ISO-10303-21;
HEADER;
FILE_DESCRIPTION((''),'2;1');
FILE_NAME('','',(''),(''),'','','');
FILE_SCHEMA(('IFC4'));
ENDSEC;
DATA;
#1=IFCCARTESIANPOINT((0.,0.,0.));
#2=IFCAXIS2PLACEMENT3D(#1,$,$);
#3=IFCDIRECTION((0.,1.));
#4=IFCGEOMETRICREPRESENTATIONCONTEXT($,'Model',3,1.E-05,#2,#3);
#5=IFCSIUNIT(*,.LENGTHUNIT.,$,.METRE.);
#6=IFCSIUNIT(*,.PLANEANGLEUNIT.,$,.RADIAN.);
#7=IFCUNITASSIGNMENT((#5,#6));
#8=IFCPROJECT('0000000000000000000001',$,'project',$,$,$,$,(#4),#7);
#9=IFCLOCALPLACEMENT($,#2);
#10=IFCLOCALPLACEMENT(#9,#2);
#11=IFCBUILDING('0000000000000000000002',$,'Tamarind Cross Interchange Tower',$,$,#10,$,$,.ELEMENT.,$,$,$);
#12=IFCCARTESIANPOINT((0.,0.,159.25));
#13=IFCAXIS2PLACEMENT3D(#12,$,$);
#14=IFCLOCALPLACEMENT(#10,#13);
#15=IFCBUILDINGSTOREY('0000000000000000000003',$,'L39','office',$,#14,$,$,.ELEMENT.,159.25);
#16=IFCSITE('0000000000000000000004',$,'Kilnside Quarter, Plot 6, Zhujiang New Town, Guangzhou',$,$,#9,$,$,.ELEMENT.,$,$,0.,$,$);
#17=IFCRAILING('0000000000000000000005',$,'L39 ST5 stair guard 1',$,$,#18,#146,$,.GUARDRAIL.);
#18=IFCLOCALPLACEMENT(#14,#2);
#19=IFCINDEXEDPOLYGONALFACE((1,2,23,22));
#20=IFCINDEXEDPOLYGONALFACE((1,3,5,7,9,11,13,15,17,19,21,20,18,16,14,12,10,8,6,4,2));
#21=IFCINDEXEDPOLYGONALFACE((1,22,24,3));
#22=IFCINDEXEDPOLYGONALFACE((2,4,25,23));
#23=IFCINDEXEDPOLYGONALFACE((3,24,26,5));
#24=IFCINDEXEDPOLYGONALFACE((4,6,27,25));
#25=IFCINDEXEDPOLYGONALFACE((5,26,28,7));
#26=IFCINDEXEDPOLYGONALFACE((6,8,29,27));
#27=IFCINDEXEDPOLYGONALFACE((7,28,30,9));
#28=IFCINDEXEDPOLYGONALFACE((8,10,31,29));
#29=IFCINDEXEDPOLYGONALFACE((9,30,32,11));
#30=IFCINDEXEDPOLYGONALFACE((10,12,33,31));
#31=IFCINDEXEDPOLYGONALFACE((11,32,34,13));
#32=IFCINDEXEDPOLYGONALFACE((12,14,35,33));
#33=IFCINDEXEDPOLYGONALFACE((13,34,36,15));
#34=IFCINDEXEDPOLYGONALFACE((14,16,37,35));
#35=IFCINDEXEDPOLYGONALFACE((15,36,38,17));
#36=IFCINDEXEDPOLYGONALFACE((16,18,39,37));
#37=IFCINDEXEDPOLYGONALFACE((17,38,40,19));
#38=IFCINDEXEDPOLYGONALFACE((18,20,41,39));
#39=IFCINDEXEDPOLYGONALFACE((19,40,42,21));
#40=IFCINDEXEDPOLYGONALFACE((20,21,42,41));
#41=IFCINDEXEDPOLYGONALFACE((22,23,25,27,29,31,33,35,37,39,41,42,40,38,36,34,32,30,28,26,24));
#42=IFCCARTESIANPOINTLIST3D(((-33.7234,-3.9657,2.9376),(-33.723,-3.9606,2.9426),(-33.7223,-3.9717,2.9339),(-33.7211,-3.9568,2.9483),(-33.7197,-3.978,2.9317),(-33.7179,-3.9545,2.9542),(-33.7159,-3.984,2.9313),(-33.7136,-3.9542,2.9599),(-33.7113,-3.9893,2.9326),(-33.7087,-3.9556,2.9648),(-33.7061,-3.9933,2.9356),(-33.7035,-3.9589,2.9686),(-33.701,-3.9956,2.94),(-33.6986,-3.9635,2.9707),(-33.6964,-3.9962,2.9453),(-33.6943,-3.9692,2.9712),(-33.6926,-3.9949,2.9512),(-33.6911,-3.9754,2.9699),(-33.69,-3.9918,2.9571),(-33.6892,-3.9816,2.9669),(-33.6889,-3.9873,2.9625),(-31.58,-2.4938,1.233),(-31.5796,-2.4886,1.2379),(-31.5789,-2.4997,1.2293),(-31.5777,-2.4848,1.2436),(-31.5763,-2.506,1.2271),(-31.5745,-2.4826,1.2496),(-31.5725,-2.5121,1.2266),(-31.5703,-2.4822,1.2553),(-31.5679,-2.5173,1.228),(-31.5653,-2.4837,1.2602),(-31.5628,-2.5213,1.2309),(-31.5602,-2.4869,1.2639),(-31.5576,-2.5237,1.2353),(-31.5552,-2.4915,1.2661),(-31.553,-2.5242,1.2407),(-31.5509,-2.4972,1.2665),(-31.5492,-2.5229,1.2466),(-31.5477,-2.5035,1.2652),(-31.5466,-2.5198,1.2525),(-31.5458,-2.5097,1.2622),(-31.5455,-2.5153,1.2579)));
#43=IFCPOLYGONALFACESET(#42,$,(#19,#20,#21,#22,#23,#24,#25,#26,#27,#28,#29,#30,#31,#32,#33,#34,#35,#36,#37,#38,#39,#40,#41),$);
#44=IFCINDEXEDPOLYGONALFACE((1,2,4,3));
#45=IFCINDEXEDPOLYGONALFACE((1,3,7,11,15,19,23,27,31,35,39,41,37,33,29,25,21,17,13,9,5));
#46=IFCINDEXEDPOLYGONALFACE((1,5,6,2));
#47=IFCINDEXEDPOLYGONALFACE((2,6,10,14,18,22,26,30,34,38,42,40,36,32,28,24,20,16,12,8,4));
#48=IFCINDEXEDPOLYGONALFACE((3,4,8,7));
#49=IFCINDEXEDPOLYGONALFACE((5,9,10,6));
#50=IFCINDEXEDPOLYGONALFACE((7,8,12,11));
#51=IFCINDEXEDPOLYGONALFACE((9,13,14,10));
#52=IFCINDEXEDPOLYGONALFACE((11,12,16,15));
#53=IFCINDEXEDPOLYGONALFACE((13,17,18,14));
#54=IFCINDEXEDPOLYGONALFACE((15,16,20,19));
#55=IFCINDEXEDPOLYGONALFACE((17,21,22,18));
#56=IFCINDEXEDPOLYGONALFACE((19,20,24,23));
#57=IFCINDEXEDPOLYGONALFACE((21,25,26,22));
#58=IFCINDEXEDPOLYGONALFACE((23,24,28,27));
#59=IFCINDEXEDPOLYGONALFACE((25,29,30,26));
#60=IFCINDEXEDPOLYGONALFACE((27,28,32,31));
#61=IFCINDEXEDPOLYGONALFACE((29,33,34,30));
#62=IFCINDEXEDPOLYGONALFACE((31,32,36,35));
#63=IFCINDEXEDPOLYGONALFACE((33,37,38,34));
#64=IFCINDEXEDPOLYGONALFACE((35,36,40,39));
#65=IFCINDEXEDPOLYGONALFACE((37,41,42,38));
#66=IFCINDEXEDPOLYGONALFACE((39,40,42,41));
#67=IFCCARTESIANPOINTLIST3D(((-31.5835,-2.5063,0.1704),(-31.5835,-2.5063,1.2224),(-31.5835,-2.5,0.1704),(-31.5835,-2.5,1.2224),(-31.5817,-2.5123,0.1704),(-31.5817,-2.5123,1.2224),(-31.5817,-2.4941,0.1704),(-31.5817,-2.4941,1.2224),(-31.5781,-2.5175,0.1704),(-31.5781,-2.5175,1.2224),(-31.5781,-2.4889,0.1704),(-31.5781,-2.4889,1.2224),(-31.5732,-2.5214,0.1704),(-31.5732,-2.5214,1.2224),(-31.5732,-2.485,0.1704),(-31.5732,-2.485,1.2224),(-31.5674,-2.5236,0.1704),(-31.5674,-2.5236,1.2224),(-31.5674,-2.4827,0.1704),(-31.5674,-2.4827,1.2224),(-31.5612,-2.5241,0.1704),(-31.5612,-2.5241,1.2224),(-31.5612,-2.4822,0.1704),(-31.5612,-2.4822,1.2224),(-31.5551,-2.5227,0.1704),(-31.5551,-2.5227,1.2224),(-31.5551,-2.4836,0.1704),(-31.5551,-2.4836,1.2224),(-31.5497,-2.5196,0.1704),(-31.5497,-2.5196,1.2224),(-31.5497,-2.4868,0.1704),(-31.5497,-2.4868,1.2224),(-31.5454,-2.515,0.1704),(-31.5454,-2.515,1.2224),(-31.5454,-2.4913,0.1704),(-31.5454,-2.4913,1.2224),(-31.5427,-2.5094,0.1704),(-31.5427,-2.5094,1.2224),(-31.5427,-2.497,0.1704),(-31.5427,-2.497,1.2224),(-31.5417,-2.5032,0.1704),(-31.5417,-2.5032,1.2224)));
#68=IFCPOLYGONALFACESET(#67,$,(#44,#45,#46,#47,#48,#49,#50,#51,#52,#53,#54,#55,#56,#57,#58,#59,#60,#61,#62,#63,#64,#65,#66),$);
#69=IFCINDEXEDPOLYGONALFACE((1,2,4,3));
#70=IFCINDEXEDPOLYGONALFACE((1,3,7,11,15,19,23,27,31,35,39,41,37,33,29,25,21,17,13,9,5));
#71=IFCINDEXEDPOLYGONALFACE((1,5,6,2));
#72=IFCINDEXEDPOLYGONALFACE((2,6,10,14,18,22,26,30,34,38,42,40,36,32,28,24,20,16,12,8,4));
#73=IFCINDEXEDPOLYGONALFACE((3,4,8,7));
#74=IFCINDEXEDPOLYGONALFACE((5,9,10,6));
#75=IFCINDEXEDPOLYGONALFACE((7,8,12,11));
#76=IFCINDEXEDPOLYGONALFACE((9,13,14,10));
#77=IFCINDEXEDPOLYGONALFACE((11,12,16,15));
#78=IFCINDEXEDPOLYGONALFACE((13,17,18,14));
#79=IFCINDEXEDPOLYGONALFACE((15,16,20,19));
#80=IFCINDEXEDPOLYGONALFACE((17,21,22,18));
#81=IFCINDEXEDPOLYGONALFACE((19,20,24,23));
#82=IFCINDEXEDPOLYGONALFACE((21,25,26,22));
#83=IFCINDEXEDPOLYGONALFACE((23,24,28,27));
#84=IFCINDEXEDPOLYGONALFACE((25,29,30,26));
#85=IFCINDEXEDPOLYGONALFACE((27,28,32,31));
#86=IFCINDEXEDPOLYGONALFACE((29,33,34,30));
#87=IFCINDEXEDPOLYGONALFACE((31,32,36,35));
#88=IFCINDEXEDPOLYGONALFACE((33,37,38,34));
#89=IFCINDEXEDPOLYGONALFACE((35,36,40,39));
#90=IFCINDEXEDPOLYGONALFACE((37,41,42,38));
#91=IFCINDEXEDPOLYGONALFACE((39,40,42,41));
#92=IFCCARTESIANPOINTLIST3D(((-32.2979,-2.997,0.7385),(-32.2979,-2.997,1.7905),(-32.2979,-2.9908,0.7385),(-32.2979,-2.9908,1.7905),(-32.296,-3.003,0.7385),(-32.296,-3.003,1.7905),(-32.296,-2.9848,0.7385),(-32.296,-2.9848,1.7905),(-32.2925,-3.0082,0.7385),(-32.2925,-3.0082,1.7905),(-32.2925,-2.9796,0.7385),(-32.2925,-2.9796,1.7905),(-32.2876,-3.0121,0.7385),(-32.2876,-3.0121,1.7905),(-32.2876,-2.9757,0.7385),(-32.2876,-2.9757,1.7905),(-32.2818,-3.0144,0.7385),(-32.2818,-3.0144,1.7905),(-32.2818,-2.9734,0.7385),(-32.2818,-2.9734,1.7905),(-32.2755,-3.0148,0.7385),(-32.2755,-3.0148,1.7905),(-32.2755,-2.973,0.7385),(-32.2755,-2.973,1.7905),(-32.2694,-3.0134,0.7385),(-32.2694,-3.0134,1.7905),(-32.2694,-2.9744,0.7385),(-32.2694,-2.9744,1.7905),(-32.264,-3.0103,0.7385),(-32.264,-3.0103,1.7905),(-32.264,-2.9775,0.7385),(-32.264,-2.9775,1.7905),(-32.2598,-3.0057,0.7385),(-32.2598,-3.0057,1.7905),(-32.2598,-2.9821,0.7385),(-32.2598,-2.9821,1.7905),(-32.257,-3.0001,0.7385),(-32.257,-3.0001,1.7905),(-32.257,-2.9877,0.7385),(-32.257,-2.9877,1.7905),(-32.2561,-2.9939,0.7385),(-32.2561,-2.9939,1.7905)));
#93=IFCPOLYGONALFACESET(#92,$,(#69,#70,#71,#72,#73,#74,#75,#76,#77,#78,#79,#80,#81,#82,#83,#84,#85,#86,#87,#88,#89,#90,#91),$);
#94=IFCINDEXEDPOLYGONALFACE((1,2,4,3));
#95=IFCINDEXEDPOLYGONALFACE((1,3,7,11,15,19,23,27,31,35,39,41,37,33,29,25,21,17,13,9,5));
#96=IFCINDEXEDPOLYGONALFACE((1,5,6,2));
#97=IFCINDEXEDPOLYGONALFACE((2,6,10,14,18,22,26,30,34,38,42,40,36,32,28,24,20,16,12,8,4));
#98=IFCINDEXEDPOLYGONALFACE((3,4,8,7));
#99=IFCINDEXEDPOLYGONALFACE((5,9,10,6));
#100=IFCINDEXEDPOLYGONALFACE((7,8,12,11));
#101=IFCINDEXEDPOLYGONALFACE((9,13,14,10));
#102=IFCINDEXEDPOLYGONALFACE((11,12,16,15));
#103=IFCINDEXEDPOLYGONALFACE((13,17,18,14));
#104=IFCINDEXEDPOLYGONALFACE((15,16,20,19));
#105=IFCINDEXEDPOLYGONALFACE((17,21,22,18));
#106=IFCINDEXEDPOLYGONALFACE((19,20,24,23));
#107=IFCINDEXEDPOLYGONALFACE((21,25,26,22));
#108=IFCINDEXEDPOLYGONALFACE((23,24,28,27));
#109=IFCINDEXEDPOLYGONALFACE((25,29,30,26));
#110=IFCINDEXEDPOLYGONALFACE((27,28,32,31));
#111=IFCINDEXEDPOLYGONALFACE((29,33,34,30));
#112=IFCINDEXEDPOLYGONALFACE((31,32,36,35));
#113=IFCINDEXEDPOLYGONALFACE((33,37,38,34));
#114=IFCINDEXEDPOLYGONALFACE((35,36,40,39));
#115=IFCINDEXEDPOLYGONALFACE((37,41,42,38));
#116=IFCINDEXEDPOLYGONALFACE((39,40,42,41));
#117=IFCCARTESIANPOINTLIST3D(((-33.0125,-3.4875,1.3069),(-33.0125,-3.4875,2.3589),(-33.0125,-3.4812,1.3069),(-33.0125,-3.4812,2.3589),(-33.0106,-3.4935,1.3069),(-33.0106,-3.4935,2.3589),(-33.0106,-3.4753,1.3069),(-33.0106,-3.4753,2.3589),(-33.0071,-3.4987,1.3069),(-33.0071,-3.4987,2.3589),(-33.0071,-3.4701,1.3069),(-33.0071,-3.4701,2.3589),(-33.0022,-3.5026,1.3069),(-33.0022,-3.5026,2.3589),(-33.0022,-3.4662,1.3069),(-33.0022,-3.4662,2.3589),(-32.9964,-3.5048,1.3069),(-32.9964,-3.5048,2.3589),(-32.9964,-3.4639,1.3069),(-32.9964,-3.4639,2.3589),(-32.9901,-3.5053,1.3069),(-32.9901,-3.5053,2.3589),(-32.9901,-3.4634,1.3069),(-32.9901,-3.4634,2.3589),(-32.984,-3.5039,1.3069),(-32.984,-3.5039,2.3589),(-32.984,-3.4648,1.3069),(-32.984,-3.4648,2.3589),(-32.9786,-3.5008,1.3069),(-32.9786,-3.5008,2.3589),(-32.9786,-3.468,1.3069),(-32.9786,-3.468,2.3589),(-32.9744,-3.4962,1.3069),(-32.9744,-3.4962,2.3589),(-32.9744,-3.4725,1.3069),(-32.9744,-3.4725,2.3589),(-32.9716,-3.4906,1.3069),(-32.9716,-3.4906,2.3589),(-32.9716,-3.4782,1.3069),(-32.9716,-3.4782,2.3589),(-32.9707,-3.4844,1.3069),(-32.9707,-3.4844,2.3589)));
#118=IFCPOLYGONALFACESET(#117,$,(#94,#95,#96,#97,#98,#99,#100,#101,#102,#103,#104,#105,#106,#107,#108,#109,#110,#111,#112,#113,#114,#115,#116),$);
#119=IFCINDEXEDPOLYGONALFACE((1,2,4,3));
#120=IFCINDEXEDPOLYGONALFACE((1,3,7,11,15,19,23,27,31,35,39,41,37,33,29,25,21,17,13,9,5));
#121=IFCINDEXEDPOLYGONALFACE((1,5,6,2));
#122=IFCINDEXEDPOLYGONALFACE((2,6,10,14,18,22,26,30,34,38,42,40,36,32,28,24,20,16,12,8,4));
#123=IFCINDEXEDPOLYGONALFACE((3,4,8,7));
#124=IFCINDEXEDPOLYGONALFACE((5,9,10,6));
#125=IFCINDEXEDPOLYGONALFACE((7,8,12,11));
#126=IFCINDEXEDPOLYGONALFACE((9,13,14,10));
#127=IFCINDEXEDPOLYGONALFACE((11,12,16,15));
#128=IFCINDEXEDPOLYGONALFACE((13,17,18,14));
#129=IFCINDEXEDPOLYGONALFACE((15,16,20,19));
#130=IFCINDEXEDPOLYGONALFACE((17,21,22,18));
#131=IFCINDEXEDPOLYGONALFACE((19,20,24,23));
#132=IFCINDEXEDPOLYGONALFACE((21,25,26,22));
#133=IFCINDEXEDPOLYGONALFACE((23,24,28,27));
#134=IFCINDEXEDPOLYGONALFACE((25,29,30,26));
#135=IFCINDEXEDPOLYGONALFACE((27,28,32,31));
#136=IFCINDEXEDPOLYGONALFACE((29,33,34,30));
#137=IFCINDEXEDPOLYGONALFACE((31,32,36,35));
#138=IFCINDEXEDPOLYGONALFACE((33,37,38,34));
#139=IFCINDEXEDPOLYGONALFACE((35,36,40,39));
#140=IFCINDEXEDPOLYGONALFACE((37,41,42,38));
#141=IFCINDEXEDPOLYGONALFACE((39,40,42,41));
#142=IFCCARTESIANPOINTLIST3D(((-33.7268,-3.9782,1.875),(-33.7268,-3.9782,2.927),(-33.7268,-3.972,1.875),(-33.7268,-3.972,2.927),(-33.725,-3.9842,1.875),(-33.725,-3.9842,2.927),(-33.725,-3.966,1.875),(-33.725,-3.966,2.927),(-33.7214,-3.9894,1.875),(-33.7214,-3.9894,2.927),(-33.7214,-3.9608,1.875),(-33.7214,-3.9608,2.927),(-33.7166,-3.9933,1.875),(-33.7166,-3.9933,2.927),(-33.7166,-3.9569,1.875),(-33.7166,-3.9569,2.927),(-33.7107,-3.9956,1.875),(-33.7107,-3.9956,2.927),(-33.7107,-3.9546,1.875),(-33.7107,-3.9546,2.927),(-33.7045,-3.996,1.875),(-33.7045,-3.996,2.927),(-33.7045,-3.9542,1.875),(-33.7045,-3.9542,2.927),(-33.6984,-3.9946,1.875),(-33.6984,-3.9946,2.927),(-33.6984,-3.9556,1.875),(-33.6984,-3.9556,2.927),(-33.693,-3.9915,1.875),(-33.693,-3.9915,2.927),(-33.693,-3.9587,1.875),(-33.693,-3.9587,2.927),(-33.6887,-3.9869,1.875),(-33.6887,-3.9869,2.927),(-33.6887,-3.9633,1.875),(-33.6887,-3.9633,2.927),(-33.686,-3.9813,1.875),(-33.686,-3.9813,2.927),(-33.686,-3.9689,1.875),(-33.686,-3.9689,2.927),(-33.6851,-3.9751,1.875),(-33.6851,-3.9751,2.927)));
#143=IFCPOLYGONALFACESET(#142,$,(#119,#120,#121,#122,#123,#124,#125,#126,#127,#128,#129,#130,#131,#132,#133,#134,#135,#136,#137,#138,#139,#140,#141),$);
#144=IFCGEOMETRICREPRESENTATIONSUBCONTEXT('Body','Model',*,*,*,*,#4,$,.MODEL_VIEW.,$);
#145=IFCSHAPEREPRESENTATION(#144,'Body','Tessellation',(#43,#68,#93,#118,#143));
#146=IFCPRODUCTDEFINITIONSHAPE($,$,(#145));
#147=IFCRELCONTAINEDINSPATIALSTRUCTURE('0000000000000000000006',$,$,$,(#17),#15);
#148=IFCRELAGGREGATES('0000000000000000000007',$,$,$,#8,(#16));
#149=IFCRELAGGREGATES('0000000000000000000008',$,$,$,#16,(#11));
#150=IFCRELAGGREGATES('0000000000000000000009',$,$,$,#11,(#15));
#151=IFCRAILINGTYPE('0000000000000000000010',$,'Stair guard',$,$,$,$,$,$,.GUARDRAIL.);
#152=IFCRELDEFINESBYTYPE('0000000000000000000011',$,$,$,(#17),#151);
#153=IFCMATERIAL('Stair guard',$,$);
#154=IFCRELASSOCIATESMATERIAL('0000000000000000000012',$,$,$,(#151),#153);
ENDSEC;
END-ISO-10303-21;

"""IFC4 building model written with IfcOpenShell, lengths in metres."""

from ifc_helpers import new_model, si_unit, direction, frame, origin, origin_2d, place, context, subcontext, project, spatial, circle, extrude, material, type_object, element, save


model = new_model("IFC4")

# Units and contexts
model_context = context("Model", 3, precision=1e-05, world=origin(), true_north=direction((0.0, 1.0)))
body_context = subcontext(model_context, "Body", "Model", "MODEL_VIEW")
ifc_project = project(units=[si_unit("LENGTHUNIT", "METRE"), si_unit("PLANEANGLEUNIT", "RADIAN")], contexts=[model_context])

# Site, building, storey
site_placement = place(None, origin())
site = spatial("IfcSite", under=ifc_project, at=site_placement, Name="Kilnside Quarter, Plot 6, Zhujiang New Town, Guangzhou", CompositionType="ELEMENT", RefElevation=0.0)
building_placement = place(site_placement, origin())
building = spatial("IfcBuilding", under=site, at=building_placement, Name="Tamarind Cross Interchange Tower", CompositionType="ELEMENT")
storey_placement = place(building_placement, frame((0.0, 0.0, 159.25)))
storey = spatial("IfcBuildingStorey", under=building, at=storey_placement, Name="L39", Description="office", CompositionType="ELEMENT", Elevation=159.25)

# Railing
ifc_material_1 = material(Name="Stair guard")
railing_type_1 = type_object("IfcRailingType", Name="Stair guard", PredefinedType="GUARDRAIL", material=ifc_material_1)
railing_1_placement = place(storey_placement, frame((-31.5627, -2.5032, 0.1704)))
element("IfcRailing", 1, at=railing_1_placement, inside=storey, type_object=railing_type_1, Name="L39 ST5 stair guard 1", PredefinedType="GUARDRAIL", context=body_context, shape_type="SweptSolid", body=[
    extrude(circle(Radius=0.0239, at=origin_2d()), frame((0.0, 0.0, 1.0762), z_axis=(-0.689386, -0.473438, 0.548274), x_axis=(0.56611, -0.824329, 0.0)), (0.0, 0.0, 1.0), 3.1091),
    extrude(circle(Radius=0.021, at=origin_2d()), origin(), (0.0, 0.0, 1.0), 1.052),
    extrude(circle(Radius=0.021, at=origin_2d()), frame((-0.7144, -0.4907, 0.5681)), (0.0, 0.0, 1.0), 1.052),
    extrude(circle(Radius=0.021, at=origin_2d()), frame((-1.429, -0.9812, 1.1365)), (0.0, 0.0, 1.0), 1.052),
    extrude(circle(Radius=0.021, at=origin_2d()), frame((-2.1433, -1.4719, 1.7046)), (0.0, 0.0, 1.0), 1.052),
])

save(model, "model.ifc")
